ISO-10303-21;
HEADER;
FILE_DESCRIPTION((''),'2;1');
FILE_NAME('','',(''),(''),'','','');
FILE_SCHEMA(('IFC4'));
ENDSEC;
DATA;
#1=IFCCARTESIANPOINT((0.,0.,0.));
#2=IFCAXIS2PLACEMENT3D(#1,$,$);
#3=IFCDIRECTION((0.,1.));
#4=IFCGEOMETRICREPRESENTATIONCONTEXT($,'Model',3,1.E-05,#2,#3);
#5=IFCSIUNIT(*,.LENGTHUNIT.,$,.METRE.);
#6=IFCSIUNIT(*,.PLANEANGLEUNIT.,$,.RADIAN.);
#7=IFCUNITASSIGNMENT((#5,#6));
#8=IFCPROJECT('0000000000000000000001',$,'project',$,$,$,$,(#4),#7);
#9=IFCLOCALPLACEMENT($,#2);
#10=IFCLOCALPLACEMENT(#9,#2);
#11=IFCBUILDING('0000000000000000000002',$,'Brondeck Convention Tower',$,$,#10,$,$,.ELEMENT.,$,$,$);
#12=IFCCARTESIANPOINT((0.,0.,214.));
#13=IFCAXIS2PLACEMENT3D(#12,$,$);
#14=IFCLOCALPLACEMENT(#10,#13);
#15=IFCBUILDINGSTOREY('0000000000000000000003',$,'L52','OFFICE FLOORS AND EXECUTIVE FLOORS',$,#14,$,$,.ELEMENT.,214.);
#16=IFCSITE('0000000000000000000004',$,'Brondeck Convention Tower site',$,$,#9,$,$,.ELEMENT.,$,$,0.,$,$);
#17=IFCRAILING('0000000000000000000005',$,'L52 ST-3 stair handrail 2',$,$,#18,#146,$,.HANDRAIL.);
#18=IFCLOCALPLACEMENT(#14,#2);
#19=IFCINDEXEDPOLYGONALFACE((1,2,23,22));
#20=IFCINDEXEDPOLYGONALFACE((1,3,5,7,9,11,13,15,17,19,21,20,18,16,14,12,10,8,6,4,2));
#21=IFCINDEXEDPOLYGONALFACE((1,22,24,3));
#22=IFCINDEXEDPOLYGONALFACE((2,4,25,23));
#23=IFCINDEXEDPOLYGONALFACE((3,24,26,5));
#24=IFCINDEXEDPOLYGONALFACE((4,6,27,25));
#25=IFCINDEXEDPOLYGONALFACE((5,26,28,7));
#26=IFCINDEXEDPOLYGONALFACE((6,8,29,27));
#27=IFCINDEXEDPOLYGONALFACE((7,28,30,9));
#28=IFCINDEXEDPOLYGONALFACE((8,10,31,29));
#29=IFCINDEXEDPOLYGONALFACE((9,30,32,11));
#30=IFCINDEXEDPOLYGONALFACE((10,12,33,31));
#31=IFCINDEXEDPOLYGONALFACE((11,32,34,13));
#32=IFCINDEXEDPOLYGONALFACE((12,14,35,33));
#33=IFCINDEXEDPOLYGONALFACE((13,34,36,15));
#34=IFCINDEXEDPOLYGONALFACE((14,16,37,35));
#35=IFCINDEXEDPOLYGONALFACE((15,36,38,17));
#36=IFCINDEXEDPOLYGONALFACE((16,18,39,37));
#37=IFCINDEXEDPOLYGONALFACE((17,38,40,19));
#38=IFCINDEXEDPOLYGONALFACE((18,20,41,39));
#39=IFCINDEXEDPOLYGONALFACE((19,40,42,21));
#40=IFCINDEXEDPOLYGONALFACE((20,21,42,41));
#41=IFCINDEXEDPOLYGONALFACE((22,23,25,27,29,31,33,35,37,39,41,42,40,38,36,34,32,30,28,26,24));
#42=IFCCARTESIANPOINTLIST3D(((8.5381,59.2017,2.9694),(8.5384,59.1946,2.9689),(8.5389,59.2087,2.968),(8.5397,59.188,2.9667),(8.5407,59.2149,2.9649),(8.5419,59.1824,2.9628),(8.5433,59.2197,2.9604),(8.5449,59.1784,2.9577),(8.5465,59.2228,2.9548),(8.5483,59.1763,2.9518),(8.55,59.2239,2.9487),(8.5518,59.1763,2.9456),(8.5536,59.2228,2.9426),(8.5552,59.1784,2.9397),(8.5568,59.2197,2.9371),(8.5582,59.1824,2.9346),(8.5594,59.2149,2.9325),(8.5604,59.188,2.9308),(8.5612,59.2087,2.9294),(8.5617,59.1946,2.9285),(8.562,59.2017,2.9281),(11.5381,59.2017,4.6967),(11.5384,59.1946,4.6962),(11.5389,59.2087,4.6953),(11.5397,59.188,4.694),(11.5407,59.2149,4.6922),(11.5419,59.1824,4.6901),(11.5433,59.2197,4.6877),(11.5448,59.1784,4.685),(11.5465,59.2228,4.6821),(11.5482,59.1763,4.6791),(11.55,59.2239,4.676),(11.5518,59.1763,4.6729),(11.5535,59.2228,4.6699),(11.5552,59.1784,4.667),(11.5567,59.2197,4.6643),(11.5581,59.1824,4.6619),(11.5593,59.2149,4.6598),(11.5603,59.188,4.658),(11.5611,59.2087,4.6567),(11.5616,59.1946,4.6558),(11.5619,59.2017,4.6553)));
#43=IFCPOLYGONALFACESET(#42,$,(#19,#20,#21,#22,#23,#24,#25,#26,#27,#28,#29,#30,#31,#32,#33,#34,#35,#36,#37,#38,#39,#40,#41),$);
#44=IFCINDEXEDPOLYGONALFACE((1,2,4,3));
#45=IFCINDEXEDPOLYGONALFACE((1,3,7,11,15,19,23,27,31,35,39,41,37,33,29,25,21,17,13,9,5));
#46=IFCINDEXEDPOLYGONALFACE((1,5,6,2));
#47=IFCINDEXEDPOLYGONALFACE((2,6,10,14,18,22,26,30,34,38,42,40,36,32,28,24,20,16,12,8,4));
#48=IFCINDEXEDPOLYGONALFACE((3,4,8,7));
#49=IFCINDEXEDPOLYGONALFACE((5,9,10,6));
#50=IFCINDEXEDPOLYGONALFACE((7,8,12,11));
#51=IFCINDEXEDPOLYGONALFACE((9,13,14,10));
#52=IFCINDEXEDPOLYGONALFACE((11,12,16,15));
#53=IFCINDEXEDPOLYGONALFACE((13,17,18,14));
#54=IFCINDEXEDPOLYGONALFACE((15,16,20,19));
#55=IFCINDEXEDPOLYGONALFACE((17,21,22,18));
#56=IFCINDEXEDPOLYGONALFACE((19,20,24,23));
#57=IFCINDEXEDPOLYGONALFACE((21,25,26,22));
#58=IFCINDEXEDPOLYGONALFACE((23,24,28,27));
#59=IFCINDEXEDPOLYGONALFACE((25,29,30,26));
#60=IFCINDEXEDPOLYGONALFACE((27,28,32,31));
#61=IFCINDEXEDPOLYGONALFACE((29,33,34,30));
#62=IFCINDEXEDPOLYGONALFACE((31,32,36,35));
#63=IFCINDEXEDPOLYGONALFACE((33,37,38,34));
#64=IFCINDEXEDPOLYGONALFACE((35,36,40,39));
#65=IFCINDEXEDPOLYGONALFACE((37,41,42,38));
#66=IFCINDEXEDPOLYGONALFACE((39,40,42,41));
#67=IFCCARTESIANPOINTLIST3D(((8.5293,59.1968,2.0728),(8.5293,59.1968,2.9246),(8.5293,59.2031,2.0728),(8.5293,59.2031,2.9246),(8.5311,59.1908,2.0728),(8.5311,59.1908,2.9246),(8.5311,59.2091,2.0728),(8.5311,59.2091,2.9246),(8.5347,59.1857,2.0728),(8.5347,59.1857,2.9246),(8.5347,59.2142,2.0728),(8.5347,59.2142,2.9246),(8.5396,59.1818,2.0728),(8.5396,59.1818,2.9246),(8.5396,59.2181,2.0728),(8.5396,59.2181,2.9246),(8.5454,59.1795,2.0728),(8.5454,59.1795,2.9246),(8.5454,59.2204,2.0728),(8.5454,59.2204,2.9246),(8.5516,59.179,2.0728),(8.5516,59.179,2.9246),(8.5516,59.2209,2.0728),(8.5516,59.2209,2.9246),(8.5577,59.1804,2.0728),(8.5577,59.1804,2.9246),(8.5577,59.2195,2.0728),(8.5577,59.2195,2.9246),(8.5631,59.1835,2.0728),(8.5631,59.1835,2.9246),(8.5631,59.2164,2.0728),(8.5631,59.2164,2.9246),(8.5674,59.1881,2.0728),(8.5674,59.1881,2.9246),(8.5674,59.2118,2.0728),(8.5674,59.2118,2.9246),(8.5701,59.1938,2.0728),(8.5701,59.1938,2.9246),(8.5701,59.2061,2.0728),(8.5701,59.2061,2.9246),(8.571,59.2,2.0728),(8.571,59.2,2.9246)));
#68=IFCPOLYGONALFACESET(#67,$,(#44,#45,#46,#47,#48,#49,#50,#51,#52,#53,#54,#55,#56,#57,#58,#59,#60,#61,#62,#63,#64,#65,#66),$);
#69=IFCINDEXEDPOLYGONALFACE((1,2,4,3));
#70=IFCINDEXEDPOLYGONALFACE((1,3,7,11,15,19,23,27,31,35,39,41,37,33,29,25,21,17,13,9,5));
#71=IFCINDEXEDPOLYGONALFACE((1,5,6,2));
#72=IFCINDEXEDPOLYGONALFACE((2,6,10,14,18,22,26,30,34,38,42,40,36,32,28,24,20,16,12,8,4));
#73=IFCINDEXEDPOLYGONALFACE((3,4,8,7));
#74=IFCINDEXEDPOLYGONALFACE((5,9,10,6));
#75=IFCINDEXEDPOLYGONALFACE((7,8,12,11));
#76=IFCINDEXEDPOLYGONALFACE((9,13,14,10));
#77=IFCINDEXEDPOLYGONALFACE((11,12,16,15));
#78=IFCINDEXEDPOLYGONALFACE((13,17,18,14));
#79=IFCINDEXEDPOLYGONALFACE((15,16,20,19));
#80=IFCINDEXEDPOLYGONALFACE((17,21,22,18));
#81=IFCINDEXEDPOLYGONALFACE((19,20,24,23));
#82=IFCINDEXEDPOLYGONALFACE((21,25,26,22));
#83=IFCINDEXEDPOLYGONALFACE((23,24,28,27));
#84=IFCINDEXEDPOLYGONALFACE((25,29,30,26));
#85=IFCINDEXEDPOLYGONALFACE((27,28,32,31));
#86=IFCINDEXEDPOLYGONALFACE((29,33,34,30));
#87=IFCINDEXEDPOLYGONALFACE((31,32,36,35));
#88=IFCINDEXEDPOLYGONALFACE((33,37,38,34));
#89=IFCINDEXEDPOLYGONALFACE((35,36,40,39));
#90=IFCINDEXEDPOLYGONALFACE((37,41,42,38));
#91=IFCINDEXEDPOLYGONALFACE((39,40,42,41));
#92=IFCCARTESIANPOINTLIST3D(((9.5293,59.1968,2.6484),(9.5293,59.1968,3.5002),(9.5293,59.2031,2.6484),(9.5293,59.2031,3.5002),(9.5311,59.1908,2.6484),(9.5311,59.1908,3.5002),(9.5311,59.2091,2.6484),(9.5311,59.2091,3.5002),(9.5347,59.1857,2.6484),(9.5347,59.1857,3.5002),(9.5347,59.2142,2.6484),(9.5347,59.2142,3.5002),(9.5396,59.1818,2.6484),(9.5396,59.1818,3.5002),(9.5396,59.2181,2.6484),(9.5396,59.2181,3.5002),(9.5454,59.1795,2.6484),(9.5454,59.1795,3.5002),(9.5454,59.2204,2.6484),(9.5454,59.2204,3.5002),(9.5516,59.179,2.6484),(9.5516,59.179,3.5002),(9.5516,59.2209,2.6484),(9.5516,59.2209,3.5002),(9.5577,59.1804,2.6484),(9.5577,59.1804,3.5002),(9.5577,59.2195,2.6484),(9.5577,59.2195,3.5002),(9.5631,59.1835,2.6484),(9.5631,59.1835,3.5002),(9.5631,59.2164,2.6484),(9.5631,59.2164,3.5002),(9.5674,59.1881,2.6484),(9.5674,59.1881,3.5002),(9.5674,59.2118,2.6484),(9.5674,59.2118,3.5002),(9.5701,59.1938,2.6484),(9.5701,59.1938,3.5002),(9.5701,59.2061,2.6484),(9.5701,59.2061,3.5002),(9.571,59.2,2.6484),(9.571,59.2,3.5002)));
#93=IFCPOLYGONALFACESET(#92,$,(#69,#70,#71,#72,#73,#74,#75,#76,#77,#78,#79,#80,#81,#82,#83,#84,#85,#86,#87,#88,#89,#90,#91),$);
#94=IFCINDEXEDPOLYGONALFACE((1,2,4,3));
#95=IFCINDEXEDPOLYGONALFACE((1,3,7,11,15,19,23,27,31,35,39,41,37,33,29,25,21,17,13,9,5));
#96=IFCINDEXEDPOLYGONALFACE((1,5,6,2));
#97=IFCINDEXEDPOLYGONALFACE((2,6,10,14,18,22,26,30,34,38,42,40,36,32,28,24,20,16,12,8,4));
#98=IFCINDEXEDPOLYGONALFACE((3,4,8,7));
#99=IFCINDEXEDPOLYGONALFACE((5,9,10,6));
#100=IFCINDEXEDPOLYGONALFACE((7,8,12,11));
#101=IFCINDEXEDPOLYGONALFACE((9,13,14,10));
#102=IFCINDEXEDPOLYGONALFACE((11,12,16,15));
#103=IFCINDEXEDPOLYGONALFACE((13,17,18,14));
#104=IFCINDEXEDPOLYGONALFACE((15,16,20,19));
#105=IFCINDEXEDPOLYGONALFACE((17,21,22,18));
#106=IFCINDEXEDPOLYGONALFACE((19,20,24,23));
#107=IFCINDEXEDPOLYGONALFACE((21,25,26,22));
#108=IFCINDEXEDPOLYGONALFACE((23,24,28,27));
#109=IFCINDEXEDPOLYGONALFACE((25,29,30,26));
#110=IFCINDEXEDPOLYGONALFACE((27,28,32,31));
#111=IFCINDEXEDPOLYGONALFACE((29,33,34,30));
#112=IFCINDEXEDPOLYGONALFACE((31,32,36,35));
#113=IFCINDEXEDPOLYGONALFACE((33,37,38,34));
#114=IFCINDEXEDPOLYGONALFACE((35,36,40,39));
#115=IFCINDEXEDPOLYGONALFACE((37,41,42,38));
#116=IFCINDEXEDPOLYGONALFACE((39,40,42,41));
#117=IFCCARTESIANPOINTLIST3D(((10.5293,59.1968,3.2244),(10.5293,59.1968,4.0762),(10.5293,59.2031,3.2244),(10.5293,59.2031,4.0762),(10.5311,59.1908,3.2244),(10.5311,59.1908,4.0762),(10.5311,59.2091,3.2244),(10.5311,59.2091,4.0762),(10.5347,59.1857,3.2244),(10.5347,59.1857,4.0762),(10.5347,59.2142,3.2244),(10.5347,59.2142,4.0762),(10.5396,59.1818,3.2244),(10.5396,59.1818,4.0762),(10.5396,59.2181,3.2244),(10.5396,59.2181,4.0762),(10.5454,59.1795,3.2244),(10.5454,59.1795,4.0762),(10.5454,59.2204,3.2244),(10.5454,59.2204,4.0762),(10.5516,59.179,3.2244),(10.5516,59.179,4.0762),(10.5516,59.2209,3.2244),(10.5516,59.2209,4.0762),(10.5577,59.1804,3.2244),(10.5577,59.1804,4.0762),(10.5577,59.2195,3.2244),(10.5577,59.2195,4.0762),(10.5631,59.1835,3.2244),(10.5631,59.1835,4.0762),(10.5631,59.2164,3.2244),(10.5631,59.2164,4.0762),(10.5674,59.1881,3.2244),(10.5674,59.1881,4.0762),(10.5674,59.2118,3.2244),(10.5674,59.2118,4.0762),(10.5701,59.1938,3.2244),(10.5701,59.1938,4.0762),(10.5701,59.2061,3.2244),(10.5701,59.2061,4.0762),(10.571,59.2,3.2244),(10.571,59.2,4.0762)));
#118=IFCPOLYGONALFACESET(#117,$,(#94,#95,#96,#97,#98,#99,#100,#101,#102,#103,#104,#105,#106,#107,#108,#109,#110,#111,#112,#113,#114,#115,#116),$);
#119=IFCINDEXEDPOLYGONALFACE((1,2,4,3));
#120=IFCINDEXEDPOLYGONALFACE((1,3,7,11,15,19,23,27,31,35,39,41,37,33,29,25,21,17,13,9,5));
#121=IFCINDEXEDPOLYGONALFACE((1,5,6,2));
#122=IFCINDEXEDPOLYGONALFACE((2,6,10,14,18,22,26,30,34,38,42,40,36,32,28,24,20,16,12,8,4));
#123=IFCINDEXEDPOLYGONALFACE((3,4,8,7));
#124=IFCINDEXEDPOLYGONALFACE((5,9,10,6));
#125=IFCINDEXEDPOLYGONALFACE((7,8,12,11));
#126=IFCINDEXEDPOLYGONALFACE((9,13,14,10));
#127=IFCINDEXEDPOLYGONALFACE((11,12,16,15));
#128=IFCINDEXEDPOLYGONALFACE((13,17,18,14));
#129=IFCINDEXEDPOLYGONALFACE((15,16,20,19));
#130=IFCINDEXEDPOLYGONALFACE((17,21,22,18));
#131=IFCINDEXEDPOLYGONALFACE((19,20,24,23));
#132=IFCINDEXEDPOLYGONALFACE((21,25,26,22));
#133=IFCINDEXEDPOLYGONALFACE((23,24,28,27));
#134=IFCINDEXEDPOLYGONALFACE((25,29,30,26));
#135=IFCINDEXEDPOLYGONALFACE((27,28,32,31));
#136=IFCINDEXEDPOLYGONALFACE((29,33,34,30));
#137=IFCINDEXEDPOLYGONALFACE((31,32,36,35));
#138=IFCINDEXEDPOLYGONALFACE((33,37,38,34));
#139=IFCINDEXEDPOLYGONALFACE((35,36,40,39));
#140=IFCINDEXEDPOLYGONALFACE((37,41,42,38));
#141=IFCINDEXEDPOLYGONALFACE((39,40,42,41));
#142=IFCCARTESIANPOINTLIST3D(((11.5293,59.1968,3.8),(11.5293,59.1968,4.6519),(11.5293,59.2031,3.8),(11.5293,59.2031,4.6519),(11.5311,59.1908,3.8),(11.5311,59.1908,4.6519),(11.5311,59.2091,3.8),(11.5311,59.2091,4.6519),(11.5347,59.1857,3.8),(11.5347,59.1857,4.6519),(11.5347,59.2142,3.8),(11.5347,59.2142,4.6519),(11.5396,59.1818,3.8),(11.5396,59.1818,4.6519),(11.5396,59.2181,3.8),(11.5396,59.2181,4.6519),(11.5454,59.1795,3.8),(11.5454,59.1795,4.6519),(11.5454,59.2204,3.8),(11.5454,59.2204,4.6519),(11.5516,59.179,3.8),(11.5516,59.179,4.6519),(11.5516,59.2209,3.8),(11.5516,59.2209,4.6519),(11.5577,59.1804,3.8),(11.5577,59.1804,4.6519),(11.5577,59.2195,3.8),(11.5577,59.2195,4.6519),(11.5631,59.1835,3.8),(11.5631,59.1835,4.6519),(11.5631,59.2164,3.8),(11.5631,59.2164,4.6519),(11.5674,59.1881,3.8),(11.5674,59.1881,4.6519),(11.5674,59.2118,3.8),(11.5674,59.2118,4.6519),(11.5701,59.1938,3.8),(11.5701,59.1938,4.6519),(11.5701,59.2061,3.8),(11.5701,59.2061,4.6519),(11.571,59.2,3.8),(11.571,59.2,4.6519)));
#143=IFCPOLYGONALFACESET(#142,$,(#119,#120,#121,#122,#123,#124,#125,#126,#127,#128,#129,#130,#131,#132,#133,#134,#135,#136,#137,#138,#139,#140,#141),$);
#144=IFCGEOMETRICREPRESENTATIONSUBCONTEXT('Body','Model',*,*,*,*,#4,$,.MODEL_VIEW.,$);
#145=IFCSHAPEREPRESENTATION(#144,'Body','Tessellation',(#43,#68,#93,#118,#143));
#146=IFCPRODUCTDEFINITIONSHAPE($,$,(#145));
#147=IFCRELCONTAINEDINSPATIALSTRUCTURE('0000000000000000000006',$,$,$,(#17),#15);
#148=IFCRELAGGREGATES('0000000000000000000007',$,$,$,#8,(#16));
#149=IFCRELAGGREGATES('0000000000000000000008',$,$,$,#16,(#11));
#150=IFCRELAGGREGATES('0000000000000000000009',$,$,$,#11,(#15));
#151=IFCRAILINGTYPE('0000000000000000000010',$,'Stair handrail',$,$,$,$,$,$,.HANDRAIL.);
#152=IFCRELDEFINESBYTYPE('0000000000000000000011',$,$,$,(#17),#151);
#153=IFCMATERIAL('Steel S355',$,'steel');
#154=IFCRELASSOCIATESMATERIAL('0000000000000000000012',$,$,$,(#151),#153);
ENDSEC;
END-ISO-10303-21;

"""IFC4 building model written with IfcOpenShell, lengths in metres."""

from ifc_helpers import new_model, si_unit, direction, frame, origin, origin_2d, place, context, subcontext, project, spatial, circle, extrude, material, type_object, element, save


model = new_model("IFC4")

# Units and contexts
model_context = context("Model", 3, precision=1e-05, world=origin(), true_north=direction((0.0, 1.0)))
body_context = subcontext(model_context, "Body", "Model", "MODEL_VIEW")
ifc_project = project(units=[si_unit("LENGTHUNIT", "METRE"), si_unit("PLANEANGLEUNIT", "RADIAN")], contexts=[model_context])

# Site, building, storey
site_placement = place(None, origin())
site = spatial("IfcSite", under=ifc_project, at=site_placement, Name="Brondeck Convention Tower site", CompositionType="ELEMENT", RefElevation=0.0)
building_placement = place(site_placement, origin())
building = spatial("IfcBuilding", under=site, at=building_placement, Name="Brondeck Convention Tower", CompositionType="ELEMENT")
storey_placement = place(building_placement, frame((0.0, 0.0, 214.0)))
storey = spatial("IfcBuildingStorey", under=building, at=storey_placement, Name="L52", Description="OFFICE FLOORS AND EXECUTIVE FLOORS", CompositionType="ELEMENT", Elevation=214.0)

# Railing
ifc_material_1 = material(Name="Steel S355", Category="steel")
railing_type_1 = type_object("IfcRailingType", Name="Stair handrail", PredefinedType="HANDRAIL", material=ifc_material_1)
railing_1_placement = place(storey_placement, frame((8.55, 59.2, 2.0728)))
element("IfcRailing", 1, at=railing_1_placement, inside=storey, type_object=railing_type_1, Name="L52 ST-3 stair handrail 2", PredefinedType="HANDRAIL", context=body_context, shape_type="SweptSolid", body=[
    extrude(circle(Radius=0.0239, at=origin_2d()), frame((0.0, 0.0, 0.876), z_axis=(0.86662, 0.0, 0.498969), x_axis=(0.0, 1.0, 0.0)), (0.0, 0.0, 1.0), 3.4617),
    extrude(circle(Radius=0.021, at=origin_2d()), origin(), (0.0, 0.0, 1.0), 0.8518),
    extrude(circle(Radius=0.021, at=origin_2d()), frame((1.0, 0.0, 0.5757)), (0.0, 0.0, 1.0), 0.8518),
    extrude(circle(Radius=0.021, at=origin_2d()), frame((2.0, 0.0, 1.1516)), (0.0, 0.0, 1.0), 0.8518),
    extrude(circle(Radius=0.021, at=origin_2d()), frame((3.0, 0.0, 1.7273)), (0.0, 0.0, 1.0), 0.8518),
])

save(model, "model.ifc")
